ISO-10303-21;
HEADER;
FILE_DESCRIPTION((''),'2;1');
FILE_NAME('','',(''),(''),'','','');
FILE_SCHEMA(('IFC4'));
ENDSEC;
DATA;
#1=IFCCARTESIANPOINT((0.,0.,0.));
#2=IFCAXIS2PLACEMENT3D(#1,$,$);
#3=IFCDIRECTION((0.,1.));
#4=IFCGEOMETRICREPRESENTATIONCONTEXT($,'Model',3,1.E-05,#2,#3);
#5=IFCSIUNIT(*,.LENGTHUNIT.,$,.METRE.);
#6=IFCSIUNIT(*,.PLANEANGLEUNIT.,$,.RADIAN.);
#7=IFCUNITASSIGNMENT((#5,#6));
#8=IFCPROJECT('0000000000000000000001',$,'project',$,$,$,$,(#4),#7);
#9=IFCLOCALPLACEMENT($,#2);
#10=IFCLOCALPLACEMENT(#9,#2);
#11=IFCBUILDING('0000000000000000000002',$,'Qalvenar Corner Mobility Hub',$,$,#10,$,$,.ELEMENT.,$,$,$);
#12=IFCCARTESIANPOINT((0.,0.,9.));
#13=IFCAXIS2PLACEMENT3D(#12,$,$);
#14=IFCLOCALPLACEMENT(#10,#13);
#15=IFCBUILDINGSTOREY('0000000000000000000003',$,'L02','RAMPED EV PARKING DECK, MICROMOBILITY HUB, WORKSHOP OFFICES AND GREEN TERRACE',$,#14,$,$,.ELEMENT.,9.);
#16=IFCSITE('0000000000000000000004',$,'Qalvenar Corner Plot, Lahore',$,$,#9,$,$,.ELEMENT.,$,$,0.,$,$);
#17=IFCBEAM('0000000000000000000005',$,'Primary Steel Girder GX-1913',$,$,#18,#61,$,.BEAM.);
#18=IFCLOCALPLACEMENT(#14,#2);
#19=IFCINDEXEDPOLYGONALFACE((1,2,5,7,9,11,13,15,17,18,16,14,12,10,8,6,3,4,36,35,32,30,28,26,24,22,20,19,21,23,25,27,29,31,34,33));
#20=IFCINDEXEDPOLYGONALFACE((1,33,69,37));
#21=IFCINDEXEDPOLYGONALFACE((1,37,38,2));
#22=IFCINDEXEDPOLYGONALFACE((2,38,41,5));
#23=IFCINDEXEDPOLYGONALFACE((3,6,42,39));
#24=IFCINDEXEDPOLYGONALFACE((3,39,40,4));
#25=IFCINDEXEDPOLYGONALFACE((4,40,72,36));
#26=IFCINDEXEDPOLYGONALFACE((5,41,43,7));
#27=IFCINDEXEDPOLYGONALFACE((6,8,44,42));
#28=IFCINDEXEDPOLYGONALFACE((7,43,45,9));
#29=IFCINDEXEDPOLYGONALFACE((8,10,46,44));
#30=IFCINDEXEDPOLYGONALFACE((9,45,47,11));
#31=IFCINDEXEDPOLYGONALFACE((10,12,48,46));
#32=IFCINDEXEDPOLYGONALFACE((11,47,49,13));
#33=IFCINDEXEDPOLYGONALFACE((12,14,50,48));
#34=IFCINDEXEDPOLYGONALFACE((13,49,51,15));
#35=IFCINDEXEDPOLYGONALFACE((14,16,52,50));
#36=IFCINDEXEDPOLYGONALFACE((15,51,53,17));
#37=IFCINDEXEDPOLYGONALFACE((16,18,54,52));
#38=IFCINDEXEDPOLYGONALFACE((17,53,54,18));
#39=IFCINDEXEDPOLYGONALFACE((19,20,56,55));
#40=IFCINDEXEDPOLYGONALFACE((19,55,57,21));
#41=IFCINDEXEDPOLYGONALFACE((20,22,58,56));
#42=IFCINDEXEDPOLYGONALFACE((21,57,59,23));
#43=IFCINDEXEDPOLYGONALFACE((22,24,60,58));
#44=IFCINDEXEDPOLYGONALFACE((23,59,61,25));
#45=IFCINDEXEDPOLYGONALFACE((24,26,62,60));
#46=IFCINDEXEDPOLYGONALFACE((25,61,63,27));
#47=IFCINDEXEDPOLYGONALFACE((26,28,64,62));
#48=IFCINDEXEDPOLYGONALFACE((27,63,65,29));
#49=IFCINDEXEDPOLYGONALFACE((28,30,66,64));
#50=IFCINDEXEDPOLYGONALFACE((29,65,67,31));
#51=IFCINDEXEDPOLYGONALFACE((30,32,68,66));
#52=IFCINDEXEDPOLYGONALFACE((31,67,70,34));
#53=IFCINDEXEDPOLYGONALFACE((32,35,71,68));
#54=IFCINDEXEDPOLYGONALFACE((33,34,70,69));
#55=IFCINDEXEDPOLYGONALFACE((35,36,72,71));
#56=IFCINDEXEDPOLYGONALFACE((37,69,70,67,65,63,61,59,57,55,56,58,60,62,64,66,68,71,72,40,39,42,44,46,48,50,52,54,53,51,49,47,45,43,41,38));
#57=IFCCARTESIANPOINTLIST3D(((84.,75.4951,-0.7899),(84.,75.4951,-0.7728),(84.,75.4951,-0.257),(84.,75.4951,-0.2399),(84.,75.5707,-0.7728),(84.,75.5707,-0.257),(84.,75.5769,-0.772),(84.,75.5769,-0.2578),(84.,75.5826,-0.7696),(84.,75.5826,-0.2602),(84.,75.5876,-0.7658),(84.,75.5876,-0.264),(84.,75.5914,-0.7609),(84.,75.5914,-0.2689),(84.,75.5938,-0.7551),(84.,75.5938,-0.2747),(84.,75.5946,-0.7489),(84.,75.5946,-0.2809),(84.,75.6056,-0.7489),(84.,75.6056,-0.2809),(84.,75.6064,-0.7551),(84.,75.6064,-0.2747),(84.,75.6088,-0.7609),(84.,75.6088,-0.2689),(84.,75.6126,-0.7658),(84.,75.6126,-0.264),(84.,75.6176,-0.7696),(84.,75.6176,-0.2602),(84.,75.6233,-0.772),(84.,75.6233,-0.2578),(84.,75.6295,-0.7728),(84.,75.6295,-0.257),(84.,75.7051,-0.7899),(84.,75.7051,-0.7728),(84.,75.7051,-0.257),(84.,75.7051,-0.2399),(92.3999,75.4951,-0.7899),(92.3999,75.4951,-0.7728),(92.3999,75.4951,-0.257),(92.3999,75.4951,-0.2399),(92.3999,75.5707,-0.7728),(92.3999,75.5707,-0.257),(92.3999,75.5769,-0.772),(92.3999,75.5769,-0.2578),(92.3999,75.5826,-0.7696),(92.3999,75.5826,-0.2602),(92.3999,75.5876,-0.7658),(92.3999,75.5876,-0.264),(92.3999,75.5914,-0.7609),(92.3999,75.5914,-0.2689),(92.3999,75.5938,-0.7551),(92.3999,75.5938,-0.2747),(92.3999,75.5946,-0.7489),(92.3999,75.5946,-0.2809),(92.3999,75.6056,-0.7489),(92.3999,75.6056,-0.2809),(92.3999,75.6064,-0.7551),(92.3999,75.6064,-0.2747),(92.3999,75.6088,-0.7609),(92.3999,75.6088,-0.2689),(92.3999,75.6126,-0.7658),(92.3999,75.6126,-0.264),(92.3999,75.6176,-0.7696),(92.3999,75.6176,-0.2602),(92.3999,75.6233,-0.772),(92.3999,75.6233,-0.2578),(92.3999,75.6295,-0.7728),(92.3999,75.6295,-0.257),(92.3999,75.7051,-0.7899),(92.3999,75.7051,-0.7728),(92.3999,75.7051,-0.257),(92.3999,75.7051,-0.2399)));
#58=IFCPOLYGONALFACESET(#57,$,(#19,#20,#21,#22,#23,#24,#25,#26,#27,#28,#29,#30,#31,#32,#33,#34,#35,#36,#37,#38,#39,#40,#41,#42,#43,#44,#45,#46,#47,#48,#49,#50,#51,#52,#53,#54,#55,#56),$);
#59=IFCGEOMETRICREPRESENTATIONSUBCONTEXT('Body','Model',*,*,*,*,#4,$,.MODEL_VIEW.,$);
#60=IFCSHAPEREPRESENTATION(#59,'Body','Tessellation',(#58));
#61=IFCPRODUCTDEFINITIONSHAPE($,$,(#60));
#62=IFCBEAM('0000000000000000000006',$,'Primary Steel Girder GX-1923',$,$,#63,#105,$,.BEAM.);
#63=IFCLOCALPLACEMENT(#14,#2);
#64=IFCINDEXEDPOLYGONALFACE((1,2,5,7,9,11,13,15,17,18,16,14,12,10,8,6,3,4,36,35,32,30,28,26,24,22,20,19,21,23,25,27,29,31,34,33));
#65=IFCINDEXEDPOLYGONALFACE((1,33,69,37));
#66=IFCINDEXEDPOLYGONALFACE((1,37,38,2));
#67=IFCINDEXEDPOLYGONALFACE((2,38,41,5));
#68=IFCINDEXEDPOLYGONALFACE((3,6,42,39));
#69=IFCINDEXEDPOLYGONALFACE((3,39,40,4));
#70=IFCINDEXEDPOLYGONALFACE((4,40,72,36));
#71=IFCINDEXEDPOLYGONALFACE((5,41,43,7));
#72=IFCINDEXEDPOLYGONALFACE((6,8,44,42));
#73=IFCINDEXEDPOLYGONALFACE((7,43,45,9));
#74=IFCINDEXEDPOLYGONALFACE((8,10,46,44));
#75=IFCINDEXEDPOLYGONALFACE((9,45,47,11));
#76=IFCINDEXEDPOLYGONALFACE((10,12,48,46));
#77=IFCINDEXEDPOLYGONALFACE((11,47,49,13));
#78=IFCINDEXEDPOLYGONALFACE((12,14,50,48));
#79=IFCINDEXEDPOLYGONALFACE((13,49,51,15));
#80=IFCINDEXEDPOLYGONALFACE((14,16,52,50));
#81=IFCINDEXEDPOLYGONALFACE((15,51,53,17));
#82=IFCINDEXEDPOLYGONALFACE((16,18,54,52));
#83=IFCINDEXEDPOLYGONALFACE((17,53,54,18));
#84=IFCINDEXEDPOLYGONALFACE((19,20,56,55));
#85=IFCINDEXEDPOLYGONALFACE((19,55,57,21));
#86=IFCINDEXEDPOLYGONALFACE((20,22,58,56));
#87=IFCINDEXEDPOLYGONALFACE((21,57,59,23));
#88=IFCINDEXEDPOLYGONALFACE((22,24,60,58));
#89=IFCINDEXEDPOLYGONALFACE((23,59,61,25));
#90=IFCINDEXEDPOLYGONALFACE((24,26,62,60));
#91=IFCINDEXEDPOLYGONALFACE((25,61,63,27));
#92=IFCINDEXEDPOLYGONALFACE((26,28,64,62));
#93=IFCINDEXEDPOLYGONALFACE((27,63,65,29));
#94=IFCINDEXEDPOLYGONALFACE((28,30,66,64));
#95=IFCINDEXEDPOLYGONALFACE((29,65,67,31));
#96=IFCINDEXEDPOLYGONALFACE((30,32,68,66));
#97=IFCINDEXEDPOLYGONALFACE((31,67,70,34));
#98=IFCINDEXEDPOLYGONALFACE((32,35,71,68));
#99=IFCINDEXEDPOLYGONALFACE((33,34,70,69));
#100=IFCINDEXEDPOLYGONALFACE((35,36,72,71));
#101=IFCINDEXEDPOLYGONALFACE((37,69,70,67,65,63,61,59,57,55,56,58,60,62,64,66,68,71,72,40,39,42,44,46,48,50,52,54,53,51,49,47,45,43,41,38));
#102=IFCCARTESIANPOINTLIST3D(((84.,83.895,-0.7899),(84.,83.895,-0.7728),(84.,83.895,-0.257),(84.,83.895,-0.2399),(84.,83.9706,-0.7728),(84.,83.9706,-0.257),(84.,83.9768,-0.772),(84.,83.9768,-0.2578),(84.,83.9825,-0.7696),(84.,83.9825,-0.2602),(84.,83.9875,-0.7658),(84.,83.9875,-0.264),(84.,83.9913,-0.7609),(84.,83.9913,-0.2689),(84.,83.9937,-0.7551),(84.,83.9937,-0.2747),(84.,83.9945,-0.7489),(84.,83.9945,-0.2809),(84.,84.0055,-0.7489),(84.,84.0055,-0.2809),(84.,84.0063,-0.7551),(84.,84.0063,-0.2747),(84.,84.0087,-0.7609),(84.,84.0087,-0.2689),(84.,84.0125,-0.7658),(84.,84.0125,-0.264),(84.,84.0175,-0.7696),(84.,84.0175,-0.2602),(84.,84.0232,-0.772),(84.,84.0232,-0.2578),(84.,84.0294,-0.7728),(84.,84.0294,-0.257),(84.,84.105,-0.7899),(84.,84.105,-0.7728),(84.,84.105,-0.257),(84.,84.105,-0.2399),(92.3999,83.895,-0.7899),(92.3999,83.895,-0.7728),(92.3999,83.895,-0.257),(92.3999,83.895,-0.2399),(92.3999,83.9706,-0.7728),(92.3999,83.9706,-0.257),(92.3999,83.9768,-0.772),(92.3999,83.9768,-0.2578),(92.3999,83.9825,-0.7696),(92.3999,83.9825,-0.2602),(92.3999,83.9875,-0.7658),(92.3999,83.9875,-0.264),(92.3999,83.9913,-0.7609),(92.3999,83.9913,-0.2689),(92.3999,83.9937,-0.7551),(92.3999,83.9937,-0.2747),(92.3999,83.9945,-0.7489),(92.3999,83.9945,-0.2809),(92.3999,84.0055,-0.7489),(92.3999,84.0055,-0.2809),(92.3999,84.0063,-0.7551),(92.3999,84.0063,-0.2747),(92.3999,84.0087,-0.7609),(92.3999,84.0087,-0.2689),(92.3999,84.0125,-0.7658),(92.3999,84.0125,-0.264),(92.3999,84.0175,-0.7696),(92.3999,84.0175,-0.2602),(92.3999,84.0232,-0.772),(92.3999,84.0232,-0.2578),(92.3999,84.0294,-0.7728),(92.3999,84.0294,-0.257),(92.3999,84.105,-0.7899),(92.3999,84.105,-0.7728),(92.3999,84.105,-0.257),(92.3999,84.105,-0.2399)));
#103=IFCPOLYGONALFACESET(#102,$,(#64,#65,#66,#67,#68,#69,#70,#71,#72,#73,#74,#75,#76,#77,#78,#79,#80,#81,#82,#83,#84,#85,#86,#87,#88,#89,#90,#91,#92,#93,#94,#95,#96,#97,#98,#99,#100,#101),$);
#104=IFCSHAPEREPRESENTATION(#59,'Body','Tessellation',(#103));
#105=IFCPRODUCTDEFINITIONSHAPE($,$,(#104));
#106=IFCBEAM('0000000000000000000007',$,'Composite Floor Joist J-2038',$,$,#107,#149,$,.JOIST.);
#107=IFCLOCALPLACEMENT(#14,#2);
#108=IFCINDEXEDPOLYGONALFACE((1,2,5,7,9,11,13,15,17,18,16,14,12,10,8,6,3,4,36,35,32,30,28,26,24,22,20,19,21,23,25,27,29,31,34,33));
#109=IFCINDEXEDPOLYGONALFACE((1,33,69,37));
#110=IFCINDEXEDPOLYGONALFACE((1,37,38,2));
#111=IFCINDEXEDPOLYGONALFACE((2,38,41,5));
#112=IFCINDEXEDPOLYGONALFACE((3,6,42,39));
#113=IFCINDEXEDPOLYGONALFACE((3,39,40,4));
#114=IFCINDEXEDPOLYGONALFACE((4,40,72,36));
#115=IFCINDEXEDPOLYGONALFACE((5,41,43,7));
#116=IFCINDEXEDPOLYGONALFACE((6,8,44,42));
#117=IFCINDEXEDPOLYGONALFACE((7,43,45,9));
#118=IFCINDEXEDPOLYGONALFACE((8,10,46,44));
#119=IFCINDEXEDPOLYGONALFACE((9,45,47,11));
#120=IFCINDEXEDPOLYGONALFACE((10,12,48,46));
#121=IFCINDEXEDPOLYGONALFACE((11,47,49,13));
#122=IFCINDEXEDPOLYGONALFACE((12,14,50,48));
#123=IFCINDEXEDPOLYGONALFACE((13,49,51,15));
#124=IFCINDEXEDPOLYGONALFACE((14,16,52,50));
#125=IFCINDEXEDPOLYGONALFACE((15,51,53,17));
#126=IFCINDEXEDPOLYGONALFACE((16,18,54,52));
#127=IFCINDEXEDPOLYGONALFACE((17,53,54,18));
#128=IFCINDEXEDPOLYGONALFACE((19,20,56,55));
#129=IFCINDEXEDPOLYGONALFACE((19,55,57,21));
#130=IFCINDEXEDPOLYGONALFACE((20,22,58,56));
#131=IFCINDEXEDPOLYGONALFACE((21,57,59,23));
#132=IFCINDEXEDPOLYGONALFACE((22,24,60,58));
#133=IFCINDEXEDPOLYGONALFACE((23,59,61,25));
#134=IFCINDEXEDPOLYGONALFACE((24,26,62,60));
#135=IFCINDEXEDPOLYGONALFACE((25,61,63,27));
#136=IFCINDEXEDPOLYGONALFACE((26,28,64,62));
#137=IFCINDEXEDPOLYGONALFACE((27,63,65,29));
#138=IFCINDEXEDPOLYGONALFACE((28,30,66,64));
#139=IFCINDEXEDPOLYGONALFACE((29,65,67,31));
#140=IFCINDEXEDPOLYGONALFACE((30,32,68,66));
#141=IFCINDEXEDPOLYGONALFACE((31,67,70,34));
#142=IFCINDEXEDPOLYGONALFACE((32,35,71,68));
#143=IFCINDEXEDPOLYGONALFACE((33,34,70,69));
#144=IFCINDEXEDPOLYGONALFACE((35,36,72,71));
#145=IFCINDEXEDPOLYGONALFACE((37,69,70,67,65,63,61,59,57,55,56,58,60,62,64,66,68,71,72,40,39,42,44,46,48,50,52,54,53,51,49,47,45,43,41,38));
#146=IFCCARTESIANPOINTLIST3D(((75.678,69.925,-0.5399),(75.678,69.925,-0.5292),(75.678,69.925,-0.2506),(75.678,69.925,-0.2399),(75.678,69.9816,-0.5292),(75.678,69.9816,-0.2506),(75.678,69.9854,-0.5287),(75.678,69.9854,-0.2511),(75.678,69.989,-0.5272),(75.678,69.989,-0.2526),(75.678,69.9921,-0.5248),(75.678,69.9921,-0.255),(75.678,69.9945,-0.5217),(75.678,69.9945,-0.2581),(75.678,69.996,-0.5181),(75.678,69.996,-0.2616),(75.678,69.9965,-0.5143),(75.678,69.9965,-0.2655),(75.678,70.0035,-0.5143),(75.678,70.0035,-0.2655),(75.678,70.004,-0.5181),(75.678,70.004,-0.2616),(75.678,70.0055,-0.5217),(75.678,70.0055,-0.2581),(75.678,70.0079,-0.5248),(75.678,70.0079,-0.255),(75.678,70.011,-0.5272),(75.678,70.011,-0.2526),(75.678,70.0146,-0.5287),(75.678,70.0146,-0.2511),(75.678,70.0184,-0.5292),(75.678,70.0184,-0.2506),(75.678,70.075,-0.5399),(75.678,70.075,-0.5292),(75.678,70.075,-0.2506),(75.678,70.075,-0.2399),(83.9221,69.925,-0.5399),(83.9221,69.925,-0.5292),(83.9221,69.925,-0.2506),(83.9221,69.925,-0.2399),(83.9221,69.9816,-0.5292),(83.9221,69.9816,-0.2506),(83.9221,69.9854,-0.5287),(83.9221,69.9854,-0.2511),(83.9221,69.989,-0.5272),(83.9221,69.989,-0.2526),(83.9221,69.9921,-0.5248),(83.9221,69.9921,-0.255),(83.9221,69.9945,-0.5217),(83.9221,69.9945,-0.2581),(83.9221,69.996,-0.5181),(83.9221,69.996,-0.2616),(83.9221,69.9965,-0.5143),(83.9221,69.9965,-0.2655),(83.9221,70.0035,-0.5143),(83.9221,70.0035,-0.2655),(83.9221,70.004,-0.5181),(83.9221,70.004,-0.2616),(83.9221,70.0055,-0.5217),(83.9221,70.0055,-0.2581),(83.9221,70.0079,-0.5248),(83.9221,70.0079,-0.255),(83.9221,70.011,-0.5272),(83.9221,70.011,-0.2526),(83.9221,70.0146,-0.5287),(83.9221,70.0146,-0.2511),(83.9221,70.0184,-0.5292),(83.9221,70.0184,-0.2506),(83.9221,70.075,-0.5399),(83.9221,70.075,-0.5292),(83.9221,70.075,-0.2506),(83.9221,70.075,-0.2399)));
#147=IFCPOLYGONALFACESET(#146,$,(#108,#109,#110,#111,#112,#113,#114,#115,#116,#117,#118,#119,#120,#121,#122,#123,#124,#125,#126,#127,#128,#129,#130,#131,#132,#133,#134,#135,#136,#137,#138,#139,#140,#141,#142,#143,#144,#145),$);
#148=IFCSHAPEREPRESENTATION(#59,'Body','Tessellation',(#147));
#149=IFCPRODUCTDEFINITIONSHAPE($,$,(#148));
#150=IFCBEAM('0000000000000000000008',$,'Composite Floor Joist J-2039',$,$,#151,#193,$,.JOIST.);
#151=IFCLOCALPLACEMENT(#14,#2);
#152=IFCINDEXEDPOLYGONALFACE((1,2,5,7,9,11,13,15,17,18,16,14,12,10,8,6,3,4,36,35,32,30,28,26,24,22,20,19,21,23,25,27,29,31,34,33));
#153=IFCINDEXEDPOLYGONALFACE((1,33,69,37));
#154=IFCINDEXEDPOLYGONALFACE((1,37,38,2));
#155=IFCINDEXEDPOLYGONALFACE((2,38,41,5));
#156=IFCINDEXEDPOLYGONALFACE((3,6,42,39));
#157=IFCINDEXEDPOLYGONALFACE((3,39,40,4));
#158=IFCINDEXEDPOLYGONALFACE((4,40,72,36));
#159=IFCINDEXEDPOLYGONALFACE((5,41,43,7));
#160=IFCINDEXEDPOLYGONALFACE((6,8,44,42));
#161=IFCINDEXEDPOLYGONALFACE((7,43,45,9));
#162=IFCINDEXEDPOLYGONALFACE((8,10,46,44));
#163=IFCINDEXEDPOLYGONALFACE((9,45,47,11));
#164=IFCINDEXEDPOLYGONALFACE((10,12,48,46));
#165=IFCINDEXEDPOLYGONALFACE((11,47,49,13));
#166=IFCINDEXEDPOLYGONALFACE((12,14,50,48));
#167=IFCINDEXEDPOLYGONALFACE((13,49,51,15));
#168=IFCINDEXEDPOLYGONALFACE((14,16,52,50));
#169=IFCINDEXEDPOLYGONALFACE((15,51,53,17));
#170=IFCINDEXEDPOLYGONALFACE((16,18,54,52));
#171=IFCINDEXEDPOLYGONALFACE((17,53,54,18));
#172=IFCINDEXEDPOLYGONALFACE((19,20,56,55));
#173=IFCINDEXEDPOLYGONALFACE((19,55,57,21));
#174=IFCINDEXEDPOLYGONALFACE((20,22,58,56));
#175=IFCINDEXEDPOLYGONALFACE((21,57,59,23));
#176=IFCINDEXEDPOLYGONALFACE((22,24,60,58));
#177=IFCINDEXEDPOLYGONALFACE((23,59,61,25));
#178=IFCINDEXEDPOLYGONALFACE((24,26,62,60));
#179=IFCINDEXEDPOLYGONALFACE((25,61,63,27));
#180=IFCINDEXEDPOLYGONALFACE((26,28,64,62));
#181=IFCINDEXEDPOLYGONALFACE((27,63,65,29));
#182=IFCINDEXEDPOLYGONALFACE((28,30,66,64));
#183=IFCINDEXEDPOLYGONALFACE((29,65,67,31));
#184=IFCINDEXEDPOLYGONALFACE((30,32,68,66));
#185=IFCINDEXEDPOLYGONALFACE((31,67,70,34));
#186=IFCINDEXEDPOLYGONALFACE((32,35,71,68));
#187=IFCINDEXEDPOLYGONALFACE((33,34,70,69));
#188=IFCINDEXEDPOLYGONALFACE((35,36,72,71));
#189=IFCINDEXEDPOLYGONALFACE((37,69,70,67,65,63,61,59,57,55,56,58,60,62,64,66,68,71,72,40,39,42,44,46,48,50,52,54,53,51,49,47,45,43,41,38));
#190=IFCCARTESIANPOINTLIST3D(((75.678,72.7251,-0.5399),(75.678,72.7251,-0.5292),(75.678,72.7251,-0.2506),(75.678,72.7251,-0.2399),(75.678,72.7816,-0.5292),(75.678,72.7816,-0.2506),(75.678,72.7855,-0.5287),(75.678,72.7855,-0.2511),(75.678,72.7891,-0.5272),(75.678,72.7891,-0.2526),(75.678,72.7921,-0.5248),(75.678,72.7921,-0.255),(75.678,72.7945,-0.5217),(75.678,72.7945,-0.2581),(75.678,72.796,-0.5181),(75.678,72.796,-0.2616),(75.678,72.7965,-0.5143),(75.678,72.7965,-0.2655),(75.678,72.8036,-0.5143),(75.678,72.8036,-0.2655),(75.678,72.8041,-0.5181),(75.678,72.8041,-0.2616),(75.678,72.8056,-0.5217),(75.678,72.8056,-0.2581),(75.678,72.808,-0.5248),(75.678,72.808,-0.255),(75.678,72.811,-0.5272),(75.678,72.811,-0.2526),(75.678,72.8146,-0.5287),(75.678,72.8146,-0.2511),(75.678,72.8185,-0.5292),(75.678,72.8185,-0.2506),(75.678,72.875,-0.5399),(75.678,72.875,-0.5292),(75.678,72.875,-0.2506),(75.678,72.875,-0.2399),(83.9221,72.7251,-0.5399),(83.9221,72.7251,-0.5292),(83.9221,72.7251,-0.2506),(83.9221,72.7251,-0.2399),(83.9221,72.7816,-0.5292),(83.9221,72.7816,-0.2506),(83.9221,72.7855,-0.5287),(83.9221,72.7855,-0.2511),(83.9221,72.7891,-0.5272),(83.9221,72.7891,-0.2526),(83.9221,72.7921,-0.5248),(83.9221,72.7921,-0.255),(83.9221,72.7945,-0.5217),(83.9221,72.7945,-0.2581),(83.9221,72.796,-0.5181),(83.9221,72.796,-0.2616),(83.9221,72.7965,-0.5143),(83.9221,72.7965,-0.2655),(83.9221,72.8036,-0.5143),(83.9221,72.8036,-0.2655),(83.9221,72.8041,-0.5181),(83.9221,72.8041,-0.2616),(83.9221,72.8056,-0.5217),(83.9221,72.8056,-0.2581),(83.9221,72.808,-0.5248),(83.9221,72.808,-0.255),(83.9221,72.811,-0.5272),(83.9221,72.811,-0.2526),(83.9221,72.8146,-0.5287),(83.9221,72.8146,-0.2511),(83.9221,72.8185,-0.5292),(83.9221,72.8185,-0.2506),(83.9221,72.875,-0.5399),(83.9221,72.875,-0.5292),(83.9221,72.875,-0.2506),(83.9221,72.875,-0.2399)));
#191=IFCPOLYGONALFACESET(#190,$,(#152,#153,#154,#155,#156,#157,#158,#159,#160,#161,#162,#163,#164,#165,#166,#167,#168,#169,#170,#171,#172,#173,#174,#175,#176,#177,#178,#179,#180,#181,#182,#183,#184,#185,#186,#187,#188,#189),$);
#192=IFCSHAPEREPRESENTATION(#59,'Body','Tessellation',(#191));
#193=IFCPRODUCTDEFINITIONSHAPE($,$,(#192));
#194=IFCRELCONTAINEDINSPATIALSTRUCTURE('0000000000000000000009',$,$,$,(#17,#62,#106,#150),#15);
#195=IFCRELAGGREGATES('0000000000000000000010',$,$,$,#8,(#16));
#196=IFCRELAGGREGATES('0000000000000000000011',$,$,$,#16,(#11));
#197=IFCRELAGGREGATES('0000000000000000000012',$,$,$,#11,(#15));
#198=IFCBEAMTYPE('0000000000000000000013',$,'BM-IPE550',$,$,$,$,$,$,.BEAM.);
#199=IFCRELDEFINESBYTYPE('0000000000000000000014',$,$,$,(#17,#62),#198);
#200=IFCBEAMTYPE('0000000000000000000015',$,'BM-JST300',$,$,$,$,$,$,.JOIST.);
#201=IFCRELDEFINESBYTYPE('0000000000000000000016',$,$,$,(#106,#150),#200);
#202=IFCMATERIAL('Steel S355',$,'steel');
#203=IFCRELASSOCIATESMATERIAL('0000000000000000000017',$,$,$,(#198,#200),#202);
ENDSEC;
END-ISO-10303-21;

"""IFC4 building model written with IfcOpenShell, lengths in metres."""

from ifc_helpers import new_model, si_unit, direction, frame, origin, origin_2d, place, context, subcontext, project, spatial, i_section, extrude, material, material_profile, profile_set, type_object, element, save


model = new_model("IFC4")

# Units and contexts
model_context = context("Model", 3, precision=1e-05, world=origin(), true_north=direction((0.0, 1.0)))
body_context = subcontext(model_context, "Body", "Model", "MODEL_VIEW")
ifc_project = project(units=[si_unit("LENGTHUNIT", "METRE"), si_unit("PLANEANGLEUNIT", "RADIAN")], contexts=[model_context])

# Site, building, storey
site_placement = place(None, origin())
site = spatial("IfcSite", under=ifc_project, at=site_placement, Name="Qalvenar Corner Plot, Lahore", CompositionType="ELEMENT", RefElevation=0.0)
building_placement = place(site_placement, origin())
building = spatial("IfcBuilding", under=site, at=building_placement, Name="Qalvenar Corner Mobility Hub", CompositionType="ELEMENT")
storey_placement = place(building_placement, frame((0.0, 0.0, 9.0)))
storey = spatial("IfcBuildingStorey", under=building, at=storey_placement, Name="L02", Description="RAMPED EV PARKING DECK, MICROMOBILITY HUB, WORKSHOP OFFICES AND GREEN TERRACE", CompositionType="ELEMENT", Elevation=9.0)

# Shared definitions
ifc_material_1 = material(Name="Steel S355", Category="steel")

# Beams
ifc_material_profile_1 = material_profile(ifc_material_1, i_section(OverallWidth=0.21, OverallDepth=0.55, WebThickness=0.011, FlangeThickness=0.0171, FilletRadius=0.0239, at=origin_2d()), Name="IPE550")
ifc_profile_set_1 = profile_set([ifc_material_profile_1], Name="Steel S355")
beam_type_1 = type_object("IfcBeamType", Name="BM-IPE550", PredefinedType="BEAM", material=ifc_profile_set_1)
for number, where, z_axis, x_axis, name in (
    (1, (84.0, 75.6001, -0.5149), (1.0, 0.0, 0.0), (0.0, 1.0, 0.0), "Primary Steel Girder GX-1913"),
    (2, (84.0, 84.0, -0.5149), (1.0, 0.0, 0.0), (0.0, 1.0, 0.0), "Primary Steel Girder GX-1923"),
):
    element("IfcBeam", number, at=place(storey_placement, frame(where, z_axis=z_axis, x_axis=x_axis)), inside=storey, type_object=beam_type_1, Name=name, PredefinedType="BEAM", context=body_context, shape_type="SweptSolid", body=[
        extrude(i_section(OverallWidth=0.21, OverallDepth=0.55, WebThickness=0.011, FlangeThickness=0.0171, FilletRadius=0.0239, at=origin_2d()), origin(), (0.0, 0.0, 1.0), 8.3999),
    ])
ifc_material_profile_2 = material_profile(ifc_material_1, i_section(OverallWidth=0.1499, OverallDepth=0.3, WebThickness=0.0071, FlangeThickness=0.0107, FilletRadius=0.0149, at=origin_2d()), Name="IPE300")
ifc_profile_set_2 = profile_set([ifc_material_profile_2], Name="Steel S355")
beam_type_2 = type_object("IfcBeamType", Name="BM-JST300", PredefinedType="JOIST", material=ifc_profile_set_2)
for number, where, z_axis, x_axis, name in (
    (3, (75.678, 70.0, -0.3899), (1.0, 0.0, 0.0), (0.0, 1.0, 0.0), "Composite Floor Joist J-2038"),
    (4, (75.678, 72.8, -0.3899), (1.0, 0.0, 0.0), (0.0, 1.0, 0.0), "Composite Floor Joist J-2039"),
):
    element("IfcBeam", number, at=place(storey_placement, frame(where, z_axis=z_axis, x_axis=x_axis)), inside=storey, type_object=beam_type_2, Name=name, PredefinedType="JOIST", context=body_context, shape_type="SweptSolid", body=[
        extrude(i_section(OverallWidth=0.1499, OverallDepth=0.3, WebThickness=0.0071, FlangeThickness=0.0107, FilletRadius=0.0149, at=origin_2d()), origin(), (0.0, 0.0, 1.0), 8.2441),
    ])

save(model, "model.ifc")
